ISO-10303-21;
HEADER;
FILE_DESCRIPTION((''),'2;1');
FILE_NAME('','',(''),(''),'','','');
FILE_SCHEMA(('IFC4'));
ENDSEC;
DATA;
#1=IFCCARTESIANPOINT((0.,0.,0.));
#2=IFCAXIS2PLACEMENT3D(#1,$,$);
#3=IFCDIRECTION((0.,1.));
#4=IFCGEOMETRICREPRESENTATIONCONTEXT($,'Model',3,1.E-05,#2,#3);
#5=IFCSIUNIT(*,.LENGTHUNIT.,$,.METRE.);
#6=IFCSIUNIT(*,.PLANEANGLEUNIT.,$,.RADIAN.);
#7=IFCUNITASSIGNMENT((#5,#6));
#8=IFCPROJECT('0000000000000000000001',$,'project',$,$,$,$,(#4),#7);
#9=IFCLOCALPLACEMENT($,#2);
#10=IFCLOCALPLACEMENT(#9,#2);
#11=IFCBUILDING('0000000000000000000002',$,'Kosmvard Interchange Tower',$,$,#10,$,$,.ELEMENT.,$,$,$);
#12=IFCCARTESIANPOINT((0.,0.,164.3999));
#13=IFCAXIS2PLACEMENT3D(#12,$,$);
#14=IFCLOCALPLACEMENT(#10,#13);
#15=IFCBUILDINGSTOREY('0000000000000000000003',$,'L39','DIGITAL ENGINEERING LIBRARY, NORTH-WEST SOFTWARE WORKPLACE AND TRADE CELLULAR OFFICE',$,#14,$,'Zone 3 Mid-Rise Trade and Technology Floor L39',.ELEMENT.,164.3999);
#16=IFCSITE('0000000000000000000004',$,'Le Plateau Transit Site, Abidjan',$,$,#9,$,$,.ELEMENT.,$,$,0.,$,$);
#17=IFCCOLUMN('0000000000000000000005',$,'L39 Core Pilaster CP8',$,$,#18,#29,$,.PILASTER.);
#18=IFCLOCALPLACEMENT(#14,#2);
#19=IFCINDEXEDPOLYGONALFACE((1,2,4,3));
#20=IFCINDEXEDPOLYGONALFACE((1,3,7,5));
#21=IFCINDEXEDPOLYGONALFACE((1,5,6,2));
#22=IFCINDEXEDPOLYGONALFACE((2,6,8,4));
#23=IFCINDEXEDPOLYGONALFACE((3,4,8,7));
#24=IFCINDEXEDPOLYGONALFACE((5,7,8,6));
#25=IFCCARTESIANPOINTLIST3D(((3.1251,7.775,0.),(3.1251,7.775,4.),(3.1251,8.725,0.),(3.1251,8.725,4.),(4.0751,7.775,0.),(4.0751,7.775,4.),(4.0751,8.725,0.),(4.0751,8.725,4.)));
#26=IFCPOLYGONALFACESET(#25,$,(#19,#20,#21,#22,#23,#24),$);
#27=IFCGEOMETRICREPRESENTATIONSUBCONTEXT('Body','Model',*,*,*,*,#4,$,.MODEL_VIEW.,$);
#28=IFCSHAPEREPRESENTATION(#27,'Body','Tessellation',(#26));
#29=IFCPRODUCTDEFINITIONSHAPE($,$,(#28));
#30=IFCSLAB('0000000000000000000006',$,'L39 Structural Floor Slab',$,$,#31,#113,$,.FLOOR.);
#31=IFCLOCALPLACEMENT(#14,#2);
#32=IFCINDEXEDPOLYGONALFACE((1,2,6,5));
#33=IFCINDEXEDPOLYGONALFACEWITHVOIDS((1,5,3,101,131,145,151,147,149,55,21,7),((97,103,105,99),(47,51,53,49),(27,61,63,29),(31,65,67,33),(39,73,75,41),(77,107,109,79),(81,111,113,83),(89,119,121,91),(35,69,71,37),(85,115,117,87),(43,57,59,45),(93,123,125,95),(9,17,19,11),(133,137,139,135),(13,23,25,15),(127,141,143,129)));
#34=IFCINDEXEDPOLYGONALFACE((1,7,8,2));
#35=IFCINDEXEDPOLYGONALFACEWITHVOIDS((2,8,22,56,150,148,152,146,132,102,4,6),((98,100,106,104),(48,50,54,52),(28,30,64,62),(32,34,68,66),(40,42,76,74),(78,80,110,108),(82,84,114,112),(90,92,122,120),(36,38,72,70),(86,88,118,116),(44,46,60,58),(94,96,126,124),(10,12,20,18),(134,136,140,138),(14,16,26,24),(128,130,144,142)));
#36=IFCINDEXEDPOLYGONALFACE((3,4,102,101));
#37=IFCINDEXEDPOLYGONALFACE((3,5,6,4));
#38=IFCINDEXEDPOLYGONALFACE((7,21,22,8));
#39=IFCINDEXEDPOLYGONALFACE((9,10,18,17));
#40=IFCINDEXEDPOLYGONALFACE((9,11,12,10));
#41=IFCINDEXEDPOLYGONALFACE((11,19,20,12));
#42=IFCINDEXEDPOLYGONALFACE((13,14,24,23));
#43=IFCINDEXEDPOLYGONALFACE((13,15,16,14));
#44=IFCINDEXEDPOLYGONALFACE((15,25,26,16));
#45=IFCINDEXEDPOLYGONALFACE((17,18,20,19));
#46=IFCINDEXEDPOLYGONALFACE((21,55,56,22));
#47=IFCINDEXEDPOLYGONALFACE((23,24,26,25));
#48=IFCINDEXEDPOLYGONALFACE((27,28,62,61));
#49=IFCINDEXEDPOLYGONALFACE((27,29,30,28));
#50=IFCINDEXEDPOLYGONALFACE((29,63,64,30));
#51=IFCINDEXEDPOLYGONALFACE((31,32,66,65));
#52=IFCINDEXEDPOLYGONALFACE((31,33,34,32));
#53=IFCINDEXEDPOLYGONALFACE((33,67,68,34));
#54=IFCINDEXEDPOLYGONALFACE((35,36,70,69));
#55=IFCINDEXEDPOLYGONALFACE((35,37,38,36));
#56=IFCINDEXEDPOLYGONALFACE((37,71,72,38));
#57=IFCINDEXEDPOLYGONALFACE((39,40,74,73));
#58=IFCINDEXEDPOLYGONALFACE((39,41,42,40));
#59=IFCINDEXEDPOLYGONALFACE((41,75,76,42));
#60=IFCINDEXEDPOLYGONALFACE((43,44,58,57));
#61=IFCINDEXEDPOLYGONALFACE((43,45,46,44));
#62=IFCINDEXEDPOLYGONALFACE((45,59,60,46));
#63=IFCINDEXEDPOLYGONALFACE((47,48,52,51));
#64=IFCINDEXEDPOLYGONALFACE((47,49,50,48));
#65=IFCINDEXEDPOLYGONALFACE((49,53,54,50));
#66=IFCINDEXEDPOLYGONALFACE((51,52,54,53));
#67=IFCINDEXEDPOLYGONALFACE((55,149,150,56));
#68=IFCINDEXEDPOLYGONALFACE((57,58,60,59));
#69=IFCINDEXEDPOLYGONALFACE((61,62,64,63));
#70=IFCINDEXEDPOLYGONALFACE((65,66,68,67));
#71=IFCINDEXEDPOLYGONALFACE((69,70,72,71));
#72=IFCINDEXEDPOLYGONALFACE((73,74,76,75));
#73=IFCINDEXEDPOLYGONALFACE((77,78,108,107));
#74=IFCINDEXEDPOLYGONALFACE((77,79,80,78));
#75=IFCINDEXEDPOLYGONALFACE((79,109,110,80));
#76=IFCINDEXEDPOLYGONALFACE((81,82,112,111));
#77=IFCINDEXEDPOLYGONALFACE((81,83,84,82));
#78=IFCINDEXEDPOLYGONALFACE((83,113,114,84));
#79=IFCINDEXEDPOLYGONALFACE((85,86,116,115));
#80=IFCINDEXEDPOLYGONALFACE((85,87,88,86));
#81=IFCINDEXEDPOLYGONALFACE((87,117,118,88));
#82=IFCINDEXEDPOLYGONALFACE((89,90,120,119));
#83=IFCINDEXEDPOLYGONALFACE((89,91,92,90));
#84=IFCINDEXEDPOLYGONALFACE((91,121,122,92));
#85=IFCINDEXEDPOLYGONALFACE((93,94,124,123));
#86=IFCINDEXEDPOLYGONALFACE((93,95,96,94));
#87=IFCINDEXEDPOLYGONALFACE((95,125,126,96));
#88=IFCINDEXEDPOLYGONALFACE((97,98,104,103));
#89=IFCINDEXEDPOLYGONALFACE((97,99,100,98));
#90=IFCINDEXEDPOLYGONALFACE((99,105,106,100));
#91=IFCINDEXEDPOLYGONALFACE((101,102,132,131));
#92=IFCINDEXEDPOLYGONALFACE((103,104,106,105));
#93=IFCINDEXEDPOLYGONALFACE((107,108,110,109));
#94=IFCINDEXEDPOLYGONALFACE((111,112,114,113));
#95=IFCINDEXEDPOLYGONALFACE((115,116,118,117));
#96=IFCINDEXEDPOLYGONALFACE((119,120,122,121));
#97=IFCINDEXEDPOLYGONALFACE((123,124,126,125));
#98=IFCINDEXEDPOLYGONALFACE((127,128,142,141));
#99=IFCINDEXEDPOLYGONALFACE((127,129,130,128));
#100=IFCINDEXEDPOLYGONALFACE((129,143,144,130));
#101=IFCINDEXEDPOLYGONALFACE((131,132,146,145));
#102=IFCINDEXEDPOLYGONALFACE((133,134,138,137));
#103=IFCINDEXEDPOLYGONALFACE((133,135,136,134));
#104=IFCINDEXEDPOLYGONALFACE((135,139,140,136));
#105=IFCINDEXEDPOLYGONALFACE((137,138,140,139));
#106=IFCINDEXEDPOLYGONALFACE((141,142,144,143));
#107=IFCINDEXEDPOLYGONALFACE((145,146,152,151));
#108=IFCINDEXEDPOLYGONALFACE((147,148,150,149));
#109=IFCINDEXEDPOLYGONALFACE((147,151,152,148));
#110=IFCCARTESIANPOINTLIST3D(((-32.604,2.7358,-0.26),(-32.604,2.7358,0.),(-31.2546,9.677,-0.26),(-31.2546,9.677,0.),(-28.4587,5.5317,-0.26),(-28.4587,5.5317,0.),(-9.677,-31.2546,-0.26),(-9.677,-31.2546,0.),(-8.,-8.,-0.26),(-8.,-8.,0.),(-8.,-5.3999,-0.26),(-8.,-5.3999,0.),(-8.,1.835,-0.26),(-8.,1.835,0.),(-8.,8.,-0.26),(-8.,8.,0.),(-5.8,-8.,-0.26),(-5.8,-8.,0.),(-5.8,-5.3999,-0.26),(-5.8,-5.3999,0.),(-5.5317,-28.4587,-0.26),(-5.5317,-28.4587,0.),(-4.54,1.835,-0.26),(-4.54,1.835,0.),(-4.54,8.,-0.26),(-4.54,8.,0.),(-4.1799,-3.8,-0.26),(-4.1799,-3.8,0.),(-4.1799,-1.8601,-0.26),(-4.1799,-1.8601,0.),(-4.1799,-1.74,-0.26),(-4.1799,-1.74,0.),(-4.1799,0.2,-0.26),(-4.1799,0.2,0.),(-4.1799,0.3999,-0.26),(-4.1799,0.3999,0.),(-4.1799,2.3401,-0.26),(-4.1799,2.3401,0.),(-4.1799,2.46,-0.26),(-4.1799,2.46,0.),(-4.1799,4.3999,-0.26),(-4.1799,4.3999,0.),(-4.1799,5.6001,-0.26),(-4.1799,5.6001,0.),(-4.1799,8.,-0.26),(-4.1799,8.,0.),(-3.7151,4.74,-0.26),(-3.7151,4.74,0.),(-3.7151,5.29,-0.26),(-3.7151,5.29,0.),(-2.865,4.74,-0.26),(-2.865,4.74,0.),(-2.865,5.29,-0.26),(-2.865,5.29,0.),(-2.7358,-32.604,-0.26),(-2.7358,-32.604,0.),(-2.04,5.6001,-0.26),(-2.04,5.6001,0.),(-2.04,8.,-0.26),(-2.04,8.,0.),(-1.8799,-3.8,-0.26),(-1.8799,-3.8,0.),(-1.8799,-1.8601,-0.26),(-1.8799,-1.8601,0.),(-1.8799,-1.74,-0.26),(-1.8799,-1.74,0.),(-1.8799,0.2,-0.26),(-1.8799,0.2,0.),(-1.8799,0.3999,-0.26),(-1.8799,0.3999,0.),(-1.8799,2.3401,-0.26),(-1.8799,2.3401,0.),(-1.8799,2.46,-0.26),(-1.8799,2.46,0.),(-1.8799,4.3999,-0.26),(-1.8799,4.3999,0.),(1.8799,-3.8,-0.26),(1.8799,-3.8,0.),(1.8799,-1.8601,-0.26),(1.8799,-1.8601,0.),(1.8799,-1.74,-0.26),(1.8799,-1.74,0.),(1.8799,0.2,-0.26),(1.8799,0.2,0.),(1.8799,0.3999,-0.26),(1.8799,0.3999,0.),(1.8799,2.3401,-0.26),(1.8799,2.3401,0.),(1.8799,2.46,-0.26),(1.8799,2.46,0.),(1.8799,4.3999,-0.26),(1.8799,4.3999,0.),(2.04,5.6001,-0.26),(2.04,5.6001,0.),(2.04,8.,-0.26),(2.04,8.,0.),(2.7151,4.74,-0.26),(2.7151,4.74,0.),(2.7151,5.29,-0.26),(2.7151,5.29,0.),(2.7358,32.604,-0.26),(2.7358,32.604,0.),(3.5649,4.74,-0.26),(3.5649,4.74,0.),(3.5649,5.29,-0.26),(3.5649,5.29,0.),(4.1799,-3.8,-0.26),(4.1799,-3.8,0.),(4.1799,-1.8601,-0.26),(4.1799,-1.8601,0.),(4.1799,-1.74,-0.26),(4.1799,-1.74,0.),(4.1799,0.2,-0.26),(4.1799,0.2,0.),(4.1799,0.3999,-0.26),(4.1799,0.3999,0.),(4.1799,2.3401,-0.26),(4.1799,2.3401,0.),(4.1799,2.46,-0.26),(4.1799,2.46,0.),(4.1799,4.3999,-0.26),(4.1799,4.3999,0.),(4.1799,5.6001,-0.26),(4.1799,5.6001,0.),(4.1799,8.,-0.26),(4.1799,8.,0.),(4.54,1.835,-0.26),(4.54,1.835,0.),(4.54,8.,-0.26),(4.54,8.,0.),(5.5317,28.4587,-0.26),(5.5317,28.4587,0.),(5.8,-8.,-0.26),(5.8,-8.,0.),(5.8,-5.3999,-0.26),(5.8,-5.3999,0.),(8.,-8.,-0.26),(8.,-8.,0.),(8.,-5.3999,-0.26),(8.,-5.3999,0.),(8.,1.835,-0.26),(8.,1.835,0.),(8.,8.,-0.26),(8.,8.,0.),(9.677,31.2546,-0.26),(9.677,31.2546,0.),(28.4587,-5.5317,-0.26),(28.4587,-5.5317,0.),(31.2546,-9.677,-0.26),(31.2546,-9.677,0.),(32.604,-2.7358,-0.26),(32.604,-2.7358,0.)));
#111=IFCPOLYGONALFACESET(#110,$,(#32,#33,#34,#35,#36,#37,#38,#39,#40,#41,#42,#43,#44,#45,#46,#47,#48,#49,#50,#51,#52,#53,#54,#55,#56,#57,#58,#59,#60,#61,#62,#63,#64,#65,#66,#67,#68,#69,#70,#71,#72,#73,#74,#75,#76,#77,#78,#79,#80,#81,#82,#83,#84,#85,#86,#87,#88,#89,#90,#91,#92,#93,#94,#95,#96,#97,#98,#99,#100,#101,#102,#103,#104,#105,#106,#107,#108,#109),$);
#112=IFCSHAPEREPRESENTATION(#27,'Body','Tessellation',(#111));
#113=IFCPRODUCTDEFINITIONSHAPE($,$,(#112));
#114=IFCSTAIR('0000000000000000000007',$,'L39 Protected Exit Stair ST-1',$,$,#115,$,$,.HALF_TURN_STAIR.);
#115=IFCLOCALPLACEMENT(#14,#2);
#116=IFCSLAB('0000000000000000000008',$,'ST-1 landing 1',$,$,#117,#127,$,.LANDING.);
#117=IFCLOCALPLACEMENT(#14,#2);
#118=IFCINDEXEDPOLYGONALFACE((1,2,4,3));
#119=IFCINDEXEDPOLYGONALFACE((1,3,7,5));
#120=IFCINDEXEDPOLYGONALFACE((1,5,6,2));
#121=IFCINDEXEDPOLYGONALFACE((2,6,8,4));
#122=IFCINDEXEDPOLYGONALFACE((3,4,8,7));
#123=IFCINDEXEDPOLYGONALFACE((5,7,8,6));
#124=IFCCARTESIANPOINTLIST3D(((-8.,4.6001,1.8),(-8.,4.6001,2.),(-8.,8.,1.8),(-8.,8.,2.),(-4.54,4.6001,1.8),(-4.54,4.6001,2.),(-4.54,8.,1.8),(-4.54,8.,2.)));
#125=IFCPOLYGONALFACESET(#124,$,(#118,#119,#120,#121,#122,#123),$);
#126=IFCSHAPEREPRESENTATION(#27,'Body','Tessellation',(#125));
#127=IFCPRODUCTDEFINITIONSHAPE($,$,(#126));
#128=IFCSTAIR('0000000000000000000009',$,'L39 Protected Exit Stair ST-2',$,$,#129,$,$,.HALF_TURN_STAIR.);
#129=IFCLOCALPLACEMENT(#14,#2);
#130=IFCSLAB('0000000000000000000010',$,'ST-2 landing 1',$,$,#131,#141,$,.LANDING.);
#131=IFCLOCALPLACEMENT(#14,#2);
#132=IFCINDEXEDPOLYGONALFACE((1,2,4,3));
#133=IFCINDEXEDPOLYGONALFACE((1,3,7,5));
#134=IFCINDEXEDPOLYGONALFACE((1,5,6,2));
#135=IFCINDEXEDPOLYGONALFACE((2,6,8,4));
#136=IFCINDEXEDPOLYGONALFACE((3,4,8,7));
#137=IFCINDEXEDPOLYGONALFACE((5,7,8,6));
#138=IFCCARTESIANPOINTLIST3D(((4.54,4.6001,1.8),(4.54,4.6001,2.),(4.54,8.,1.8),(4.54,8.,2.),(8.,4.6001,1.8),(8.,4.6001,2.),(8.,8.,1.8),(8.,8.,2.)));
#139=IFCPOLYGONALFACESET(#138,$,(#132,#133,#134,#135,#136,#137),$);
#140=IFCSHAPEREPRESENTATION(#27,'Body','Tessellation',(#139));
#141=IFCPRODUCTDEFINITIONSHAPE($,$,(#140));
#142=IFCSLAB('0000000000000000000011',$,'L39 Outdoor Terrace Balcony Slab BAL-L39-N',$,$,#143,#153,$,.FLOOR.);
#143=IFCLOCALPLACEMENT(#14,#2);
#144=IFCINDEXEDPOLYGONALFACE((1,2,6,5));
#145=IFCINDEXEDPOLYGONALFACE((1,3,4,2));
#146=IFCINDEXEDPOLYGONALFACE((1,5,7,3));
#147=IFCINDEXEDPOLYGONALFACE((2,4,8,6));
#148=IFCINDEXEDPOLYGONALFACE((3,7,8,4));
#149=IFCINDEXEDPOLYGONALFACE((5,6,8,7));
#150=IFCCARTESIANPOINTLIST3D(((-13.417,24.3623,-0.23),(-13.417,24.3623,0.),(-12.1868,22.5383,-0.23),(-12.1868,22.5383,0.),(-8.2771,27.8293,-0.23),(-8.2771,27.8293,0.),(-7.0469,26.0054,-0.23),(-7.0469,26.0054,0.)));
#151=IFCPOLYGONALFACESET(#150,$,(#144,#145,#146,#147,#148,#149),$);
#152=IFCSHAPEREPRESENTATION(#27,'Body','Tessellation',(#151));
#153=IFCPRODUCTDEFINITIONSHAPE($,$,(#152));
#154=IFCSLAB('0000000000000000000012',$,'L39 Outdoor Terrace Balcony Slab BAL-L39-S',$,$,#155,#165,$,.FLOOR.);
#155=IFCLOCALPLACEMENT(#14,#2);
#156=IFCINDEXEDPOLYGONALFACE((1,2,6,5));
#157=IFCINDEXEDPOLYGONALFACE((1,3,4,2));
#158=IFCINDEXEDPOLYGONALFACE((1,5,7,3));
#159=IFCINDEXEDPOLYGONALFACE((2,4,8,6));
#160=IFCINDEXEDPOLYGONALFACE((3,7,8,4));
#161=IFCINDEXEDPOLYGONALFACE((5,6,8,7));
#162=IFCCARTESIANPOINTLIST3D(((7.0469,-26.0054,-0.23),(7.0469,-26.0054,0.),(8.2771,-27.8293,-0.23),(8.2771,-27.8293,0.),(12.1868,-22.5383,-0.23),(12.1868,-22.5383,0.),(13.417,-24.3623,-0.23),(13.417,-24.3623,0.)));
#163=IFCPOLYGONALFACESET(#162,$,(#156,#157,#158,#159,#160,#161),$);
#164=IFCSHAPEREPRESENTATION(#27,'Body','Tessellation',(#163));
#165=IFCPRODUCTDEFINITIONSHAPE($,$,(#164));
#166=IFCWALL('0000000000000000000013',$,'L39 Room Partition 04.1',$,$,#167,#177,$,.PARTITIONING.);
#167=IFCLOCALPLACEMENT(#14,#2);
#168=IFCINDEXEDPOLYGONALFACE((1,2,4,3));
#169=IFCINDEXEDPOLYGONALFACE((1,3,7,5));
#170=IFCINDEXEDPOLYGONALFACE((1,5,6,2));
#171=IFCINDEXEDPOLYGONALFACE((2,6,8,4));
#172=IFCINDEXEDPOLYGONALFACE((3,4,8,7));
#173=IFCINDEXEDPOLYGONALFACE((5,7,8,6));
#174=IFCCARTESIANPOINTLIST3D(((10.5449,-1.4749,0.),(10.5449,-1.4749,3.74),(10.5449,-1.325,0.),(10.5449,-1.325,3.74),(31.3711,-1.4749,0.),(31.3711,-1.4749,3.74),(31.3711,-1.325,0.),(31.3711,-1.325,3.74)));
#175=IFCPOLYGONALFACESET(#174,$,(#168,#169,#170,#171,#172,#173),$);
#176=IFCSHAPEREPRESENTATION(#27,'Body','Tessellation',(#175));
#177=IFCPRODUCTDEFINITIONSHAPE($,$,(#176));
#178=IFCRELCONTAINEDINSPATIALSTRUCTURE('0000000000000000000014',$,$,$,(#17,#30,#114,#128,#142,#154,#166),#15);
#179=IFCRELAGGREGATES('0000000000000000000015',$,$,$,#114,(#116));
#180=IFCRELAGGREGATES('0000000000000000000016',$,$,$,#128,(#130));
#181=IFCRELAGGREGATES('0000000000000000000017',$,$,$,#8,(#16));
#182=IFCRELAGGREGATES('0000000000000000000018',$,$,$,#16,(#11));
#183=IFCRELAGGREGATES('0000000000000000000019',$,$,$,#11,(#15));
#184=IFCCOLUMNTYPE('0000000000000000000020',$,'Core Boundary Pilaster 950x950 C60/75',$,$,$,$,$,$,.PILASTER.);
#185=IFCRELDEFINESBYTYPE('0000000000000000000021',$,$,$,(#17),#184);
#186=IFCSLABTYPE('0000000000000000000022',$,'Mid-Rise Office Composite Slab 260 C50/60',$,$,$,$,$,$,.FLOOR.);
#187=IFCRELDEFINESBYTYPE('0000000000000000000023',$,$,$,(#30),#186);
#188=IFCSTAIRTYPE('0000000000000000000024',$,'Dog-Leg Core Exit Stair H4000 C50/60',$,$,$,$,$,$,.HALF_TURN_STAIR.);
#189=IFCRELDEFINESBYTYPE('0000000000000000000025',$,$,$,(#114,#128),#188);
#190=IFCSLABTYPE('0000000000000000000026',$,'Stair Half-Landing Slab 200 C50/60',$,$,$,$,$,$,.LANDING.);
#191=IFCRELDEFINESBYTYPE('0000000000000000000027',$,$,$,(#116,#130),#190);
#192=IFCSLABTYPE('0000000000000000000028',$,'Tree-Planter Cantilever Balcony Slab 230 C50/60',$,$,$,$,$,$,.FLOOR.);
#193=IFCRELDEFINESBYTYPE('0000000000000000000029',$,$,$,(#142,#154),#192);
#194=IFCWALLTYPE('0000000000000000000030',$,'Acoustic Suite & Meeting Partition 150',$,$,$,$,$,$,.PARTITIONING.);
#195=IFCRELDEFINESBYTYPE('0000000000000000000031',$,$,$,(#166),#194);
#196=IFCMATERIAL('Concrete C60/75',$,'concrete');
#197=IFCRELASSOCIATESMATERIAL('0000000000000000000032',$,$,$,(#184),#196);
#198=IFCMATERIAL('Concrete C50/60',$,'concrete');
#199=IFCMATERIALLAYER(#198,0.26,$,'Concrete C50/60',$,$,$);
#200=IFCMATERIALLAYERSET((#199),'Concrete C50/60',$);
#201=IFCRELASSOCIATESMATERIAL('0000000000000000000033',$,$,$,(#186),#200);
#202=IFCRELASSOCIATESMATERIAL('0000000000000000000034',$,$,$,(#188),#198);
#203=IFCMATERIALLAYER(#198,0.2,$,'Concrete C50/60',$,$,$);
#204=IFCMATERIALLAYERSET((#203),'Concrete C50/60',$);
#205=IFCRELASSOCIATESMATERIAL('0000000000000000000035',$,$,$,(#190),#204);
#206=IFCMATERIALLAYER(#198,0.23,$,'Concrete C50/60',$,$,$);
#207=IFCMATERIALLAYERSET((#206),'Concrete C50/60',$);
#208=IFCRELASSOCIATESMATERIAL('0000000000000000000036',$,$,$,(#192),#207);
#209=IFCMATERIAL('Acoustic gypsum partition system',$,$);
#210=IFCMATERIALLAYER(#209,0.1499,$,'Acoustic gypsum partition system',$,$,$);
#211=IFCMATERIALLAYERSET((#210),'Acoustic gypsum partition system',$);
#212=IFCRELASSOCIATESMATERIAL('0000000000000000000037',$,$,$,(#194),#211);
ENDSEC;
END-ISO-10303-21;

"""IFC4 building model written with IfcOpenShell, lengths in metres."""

from ifc_helpers import new_model, si_unit, direction, frame, frame_2d, origin, origin_2d, place, context, subcontext, project, spatial, polyline, rectangle, outline, extrude, source, transform, mapped, material, layer, layer_set, material_profile, profile_set, type_object, element, aggregate, save


model = new_model("IFC4")

# Units and contexts
model_context = context("Model", 3, precision=1e-05, world=origin(), true_north=direction((0.0, 1.0)))
body_context = subcontext(model_context, "Body", "Model", "MODEL_VIEW")
ifc_project = project(units=[si_unit("LENGTHUNIT", "METRE"), si_unit("PLANEANGLEUNIT", "RADIAN")], contexts=[model_context])

# Site, building, storey
site_placement = place(None, origin())
site = spatial("IfcSite", under=ifc_project, at=site_placement, Name="Le Plateau Transit Site, Abidjan", CompositionType="ELEMENT", RefElevation=0.0)
building_placement = place(site_placement, origin())
building = spatial("IfcBuilding", under=site, at=building_placement, Name="Kosmvard Interchange Tower", CompositionType="ELEMENT")
storey_placement = place(building_placement, frame((0.0, 0.0, 164.3999)))
storey = spatial("IfcBuildingStorey", under=building, at=storey_placement, Name="L39", Description="DIGITAL ENGINEERING LIBRARY, NORTH-WEST SOFTWARE WORKPLACE AND TRADE CELLULAR OFFICE", LongName="Zone 3 Mid-Rise Trade and Technology Floor L39", CompositionType="ELEMENT", Elevation=164.3999)

# Column
ifc_material_1 = material(Name="Concrete C60/75", Category="concrete")
ifc_material_profile = material_profile(ifc_material_1, rectangle(XDim=0.95, YDim=0.95, at=origin_2d()), Name="CP 950x950")
ifc_profile_set = profile_set([ifc_material_profile], Name="Concrete C60/75")
column_type = type_object("IfcColumnType", Name="Core Boundary Pilaster 950x950 C60/75", PredefinedType="PILASTER", material=ifc_profile_set)
shared_shape_1 = source(origin(), body_context, "Body", "SweptSolid", [
    extrude(rectangle(XDim=0.95, YDim=0.95, at=origin_2d()), origin(), (0.0, 0.0, 1.0), 4.0),
])
column_placement = place(storey_placement, frame((3.6001, 8.25, 0.0), z_axis=(0.0, 0.0, 1.0), x_axis=(1.0, 0.0, 0.0)))
element("IfcColumn", 1, at=column_placement, inside=storey, type_object=column_type, Name="L39 Core Pilaster CP8", PredefinedType="PILASTER", context=body_context, shape_type="MappedRepresentation", body=[
    mapped(shared_shape_1, transform((0.0, 0.0, 0.0), scale=1.0)),
])

# Slab
ifc_material_2 = material(Name="Concrete C50/60", Category="concrete")
ifc_layer_1 = layer(ifc_material_2, 0.26, Name="Concrete C50/60")
ifc_layer_set_1 = layer_set([ifc_layer_1], Name="Concrete C50/60")
slab_type_1 = type_object("IfcSlabType", Name="Mid-Rise Office Composite Slab 260 C50/60", PredefinedType="FLOOR", material=ifc_layer_set_1)
slab_1_placement = place(storey_placement, frame((0.0, 0.0, -0.26)))
element("IfcSlab", 2, at=slab_1_placement, inside=storey, type_object=slab_type_1, Name="L39 Structural Floor Slab", PredefinedType="FLOOR", context=body_context, shape_type="SweptSolid", body=[
    extrude(outline(polyline([(-2.7358, -32.604), (31.2546, -9.677), (28.4587, -5.5317), (32.604, -2.7358), (9.677, 31.2546), (5.5317, 28.4587), (2.7358, 32.604), (-31.2546, 9.677), (-28.4587, 5.5317), (-32.604, 2.7358), (-9.677, -31.2546), (-5.5317, -28.4587), (-2.7358, -32.604)]), holes=[polyline([(-8.0, 1.835), (-4.54, 1.835), (-4.54, 8.0), (-8.0, 8.0), (-8.0, 1.835)]), polyline([(4.54, 1.835), (8.0, 1.835), (8.0, 8.0), (4.54, 8.0), (4.54, 1.835)]), polyline([(-8.0, -8.0), (-5.8, -8.0), (-5.8, -5.3999), (-8.0, -5.3999), (-8.0, -8.0)]), polyline([(5.8, -8.0), (8.0, -8.0), (8.0, -5.3999), (5.8, -5.3999), (5.8, -8.0)]), polyline([(-4.1799, -3.8), (-1.8799, -3.8), (-1.8799, -1.8601), (-4.1799, -1.8601), (-4.1799, -3.8)]), polyline([(-4.1799, -1.74), (-1.8799, -1.74), (-1.8799, 0.2), (-4.1799, 0.2), (-4.1799, -1.74)]), polyline([(1.8799, -3.8), (4.1799, -3.8), (4.1799, -1.8601), (1.8799, -1.8601), (1.8799, -3.8)]), polyline([(1.8799, -1.74), (4.1799, -1.74), (4.1799, 0.2), (1.8799, 0.2), (1.8799, -1.74)]), polyline([(-4.1799, 0.3999), (-1.8799, 0.3999), (-1.8799, 2.3401), (-4.1799, 2.3401), (-4.1799, 0.3999)]), polyline([(-4.1799, 2.46), (-1.8799, 2.46), (-1.8799, 4.3999), (-4.1799, 4.3999), (-4.1799, 2.46)]), polyline([(1.8799, 0.3999), (4.1799, 0.3999), (4.1799, 2.3401), (1.8799, 2.3401), (1.8799, 0.3999)]), polyline([(1.8799, 2.46), (4.1799, 2.46), (4.1799, 4.3999), (1.8799, 4.3999), (1.8799, 2.46)]), polyline([(-4.1799, 5.6001), (-2.04, 5.6001), (-2.04, 8.0), (-4.1799, 8.0), (-4.1799, 5.6001)]), polyline([(2.04, 5.6001), (4.1799, 5.6001), (4.1799, 8.0), (2.04, 8.0), (2.04, 5.6001)]), polyline([(-3.7151, 4.74), (-2.865, 4.74), (-2.865, 5.29), (-3.7151, 5.29), (-3.7151, 4.74)]), polyline([(2.7151, 4.74), (3.5649, 4.74), (3.5649, 5.29), (2.7151, 5.29), (2.7151, 4.74)])]), origin(), (0.0, 0.0, 1.0), 0.26),
])

# Stairs, slabs
stair_type = type_object("IfcStairType", Name="Dog-Leg Core Exit Stair H4000 C50/60", PredefinedType="HALF_TURN_STAIR", material=ifc_material_2)
stair_1_placement = place(storey_placement, origin())
stair_1 = element("IfcStair", 3, at=stair_1_placement, inside=storey, type_object=stair_type, Name="L39 Protected Exit Stair ST-1", PredefinedType="HALF_TURN_STAIR")
ifc_layer_2 = layer(ifc_material_2, 0.2, Name="Concrete C50/60")
ifc_layer_set_2 = layer_set([ifc_layer_2], Name="Concrete C50/60")
slab_type_2 = type_object("IfcSlabType", Name="Stair Half-Landing Slab 200 C50/60", PredefinedType="LANDING", material=ifc_layer_set_2)
slab_2_placement = place(storey_placement, frame((0.0, 0.0, 1.8)))
slab_2 = element("IfcSlab", 4, at=slab_2_placement, type_object=slab_type_2, Name="ST-1 landing 1", PredefinedType="LANDING", context=body_context, shape_type="SweptSolid", body=[
    extrude(outline(polyline([(-4.54, 4.6001), (-4.54, 8.0), (-8.0, 8.0), (-8.0, 4.6001), (-4.54, 4.6001)])), origin(), (0.0, 0.0, 1.0), 0.2),
])
aggregate(stair_1, [slab_2])
stair_2_placement = place(storey_placement, origin())
stair_2 = element("IfcStair", 5, at=stair_2_placement, inside=storey, type_object=stair_type, Name="L39 Protected Exit Stair ST-2", PredefinedType="HALF_TURN_STAIR")
slab_3_placement = place(storey_placement, frame((0.0, 0.0, 1.8)))
slab_3 = element("IfcSlab", 6, at=slab_3_placement, type_object=slab_type_2, Name="ST-2 landing 1", PredefinedType="LANDING", context=body_context, shape_type="SweptSolid", body=[
    extrude(outline(polyline([(8.0, 4.6001), (8.0, 8.0), (4.54, 8.0), (4.54, 4.6001), (8.0, 4.6001)])), origin(), (0.0, 0.0, 1.0), 0.2),
])

# Slabs
ifc_layer_3 = layer(ifc_material_2, 0.23, Name="Concrete C50/60")
ifc_layer_set_3 = layer_set([ifc_layer_3], Name="Concrete C50/60")
slab_type_3 = type_object("IfcSlabType", Name="Tree-Planter Cantilever Balcony Slab 230 C50/60", PredefinedType="FLOOR", material=ifc_layer_set_3)
slab_4_placement = place(storey_placement, frame((0.0, 0.0, -0.23)))
element("IfcSlab", 7, at=slab_4_placement, inside=storey, type_object=slab_type_3, Name="L39 Outdoor Terrace Balcony Slab BAL-L39-N", PredefinedType="FLOOR", context=body_context, shape_type="SweptSolid", body=[
    extrude(outline(polyline([(-12.1868, 22.5383), (-7.0469, 26.0054), (-8.2771, 27.8293), (-13.417, 24.3623), (-12.1868, 22.5383)])), origin(), (0.0, 0.0, 1.0), 0.23),
])
slab_5_placement = place(storey_placement, frame((0.0, 0.0, -0.23)))
element("IfcSlab", 8, at=slab_5_placement, inside=storey, type_object=slab_type_3, Name="L39 Outdoor Terrace Balcony Slab BAL-L39-S", PredefinedType="FLOOR", context=body_context, shape_type="SweptSolid", body=[
    extrude(outline(polyline([(8.2771, -27.8293), (13.417, -24.3623), (12.1868, -22.5383), (7.0469, -26.0054), (8.2771, -27.8293)])), origin(), (0.0, 0.0, 1.0), 0.23),
])

# Wall
ifc_material_3 = material(Name="Acoustic gypsum partition system")
ifc_layer_4 = layer(ifc_material_3, 0.1499, Name="Acoustic gypsum partition system")
ifc_layer_set_4 = layer_set([ifc_layer_4], Name="Acoustic gypsum partition system")
wall_type_1 = type_object("IfcWallType", Name="Acoustic Suite & Meeting Partition 150", PredefinedType="PARTITIONING", material=ifc_layer_set_4)
wall_1_placement = place(storey_placement, frame((10.5449, -1.3999, 0.0), z_axis=(0.0, 0.0, 1.0), x_axis=(1.0, 0.0, 0.0)))
element("IfcWall", 9, at=wall_1_placement, inside=storey, type_object=wall_type_1, Name="L39 Room Partition 04.1", PredefinedType="PARTITIONING", context=body_context, shape_type="SweptSolid", body=[
    extrude(rectangle(XDim=20.8262, YDim=0.1499, at=frame_2d((10.4131, 0.0))), origin(), (0.0, 0.0, 1.0), 3.74),
])

aggregate(stair_2, [slab_3])

save(model, "model.ifc")
